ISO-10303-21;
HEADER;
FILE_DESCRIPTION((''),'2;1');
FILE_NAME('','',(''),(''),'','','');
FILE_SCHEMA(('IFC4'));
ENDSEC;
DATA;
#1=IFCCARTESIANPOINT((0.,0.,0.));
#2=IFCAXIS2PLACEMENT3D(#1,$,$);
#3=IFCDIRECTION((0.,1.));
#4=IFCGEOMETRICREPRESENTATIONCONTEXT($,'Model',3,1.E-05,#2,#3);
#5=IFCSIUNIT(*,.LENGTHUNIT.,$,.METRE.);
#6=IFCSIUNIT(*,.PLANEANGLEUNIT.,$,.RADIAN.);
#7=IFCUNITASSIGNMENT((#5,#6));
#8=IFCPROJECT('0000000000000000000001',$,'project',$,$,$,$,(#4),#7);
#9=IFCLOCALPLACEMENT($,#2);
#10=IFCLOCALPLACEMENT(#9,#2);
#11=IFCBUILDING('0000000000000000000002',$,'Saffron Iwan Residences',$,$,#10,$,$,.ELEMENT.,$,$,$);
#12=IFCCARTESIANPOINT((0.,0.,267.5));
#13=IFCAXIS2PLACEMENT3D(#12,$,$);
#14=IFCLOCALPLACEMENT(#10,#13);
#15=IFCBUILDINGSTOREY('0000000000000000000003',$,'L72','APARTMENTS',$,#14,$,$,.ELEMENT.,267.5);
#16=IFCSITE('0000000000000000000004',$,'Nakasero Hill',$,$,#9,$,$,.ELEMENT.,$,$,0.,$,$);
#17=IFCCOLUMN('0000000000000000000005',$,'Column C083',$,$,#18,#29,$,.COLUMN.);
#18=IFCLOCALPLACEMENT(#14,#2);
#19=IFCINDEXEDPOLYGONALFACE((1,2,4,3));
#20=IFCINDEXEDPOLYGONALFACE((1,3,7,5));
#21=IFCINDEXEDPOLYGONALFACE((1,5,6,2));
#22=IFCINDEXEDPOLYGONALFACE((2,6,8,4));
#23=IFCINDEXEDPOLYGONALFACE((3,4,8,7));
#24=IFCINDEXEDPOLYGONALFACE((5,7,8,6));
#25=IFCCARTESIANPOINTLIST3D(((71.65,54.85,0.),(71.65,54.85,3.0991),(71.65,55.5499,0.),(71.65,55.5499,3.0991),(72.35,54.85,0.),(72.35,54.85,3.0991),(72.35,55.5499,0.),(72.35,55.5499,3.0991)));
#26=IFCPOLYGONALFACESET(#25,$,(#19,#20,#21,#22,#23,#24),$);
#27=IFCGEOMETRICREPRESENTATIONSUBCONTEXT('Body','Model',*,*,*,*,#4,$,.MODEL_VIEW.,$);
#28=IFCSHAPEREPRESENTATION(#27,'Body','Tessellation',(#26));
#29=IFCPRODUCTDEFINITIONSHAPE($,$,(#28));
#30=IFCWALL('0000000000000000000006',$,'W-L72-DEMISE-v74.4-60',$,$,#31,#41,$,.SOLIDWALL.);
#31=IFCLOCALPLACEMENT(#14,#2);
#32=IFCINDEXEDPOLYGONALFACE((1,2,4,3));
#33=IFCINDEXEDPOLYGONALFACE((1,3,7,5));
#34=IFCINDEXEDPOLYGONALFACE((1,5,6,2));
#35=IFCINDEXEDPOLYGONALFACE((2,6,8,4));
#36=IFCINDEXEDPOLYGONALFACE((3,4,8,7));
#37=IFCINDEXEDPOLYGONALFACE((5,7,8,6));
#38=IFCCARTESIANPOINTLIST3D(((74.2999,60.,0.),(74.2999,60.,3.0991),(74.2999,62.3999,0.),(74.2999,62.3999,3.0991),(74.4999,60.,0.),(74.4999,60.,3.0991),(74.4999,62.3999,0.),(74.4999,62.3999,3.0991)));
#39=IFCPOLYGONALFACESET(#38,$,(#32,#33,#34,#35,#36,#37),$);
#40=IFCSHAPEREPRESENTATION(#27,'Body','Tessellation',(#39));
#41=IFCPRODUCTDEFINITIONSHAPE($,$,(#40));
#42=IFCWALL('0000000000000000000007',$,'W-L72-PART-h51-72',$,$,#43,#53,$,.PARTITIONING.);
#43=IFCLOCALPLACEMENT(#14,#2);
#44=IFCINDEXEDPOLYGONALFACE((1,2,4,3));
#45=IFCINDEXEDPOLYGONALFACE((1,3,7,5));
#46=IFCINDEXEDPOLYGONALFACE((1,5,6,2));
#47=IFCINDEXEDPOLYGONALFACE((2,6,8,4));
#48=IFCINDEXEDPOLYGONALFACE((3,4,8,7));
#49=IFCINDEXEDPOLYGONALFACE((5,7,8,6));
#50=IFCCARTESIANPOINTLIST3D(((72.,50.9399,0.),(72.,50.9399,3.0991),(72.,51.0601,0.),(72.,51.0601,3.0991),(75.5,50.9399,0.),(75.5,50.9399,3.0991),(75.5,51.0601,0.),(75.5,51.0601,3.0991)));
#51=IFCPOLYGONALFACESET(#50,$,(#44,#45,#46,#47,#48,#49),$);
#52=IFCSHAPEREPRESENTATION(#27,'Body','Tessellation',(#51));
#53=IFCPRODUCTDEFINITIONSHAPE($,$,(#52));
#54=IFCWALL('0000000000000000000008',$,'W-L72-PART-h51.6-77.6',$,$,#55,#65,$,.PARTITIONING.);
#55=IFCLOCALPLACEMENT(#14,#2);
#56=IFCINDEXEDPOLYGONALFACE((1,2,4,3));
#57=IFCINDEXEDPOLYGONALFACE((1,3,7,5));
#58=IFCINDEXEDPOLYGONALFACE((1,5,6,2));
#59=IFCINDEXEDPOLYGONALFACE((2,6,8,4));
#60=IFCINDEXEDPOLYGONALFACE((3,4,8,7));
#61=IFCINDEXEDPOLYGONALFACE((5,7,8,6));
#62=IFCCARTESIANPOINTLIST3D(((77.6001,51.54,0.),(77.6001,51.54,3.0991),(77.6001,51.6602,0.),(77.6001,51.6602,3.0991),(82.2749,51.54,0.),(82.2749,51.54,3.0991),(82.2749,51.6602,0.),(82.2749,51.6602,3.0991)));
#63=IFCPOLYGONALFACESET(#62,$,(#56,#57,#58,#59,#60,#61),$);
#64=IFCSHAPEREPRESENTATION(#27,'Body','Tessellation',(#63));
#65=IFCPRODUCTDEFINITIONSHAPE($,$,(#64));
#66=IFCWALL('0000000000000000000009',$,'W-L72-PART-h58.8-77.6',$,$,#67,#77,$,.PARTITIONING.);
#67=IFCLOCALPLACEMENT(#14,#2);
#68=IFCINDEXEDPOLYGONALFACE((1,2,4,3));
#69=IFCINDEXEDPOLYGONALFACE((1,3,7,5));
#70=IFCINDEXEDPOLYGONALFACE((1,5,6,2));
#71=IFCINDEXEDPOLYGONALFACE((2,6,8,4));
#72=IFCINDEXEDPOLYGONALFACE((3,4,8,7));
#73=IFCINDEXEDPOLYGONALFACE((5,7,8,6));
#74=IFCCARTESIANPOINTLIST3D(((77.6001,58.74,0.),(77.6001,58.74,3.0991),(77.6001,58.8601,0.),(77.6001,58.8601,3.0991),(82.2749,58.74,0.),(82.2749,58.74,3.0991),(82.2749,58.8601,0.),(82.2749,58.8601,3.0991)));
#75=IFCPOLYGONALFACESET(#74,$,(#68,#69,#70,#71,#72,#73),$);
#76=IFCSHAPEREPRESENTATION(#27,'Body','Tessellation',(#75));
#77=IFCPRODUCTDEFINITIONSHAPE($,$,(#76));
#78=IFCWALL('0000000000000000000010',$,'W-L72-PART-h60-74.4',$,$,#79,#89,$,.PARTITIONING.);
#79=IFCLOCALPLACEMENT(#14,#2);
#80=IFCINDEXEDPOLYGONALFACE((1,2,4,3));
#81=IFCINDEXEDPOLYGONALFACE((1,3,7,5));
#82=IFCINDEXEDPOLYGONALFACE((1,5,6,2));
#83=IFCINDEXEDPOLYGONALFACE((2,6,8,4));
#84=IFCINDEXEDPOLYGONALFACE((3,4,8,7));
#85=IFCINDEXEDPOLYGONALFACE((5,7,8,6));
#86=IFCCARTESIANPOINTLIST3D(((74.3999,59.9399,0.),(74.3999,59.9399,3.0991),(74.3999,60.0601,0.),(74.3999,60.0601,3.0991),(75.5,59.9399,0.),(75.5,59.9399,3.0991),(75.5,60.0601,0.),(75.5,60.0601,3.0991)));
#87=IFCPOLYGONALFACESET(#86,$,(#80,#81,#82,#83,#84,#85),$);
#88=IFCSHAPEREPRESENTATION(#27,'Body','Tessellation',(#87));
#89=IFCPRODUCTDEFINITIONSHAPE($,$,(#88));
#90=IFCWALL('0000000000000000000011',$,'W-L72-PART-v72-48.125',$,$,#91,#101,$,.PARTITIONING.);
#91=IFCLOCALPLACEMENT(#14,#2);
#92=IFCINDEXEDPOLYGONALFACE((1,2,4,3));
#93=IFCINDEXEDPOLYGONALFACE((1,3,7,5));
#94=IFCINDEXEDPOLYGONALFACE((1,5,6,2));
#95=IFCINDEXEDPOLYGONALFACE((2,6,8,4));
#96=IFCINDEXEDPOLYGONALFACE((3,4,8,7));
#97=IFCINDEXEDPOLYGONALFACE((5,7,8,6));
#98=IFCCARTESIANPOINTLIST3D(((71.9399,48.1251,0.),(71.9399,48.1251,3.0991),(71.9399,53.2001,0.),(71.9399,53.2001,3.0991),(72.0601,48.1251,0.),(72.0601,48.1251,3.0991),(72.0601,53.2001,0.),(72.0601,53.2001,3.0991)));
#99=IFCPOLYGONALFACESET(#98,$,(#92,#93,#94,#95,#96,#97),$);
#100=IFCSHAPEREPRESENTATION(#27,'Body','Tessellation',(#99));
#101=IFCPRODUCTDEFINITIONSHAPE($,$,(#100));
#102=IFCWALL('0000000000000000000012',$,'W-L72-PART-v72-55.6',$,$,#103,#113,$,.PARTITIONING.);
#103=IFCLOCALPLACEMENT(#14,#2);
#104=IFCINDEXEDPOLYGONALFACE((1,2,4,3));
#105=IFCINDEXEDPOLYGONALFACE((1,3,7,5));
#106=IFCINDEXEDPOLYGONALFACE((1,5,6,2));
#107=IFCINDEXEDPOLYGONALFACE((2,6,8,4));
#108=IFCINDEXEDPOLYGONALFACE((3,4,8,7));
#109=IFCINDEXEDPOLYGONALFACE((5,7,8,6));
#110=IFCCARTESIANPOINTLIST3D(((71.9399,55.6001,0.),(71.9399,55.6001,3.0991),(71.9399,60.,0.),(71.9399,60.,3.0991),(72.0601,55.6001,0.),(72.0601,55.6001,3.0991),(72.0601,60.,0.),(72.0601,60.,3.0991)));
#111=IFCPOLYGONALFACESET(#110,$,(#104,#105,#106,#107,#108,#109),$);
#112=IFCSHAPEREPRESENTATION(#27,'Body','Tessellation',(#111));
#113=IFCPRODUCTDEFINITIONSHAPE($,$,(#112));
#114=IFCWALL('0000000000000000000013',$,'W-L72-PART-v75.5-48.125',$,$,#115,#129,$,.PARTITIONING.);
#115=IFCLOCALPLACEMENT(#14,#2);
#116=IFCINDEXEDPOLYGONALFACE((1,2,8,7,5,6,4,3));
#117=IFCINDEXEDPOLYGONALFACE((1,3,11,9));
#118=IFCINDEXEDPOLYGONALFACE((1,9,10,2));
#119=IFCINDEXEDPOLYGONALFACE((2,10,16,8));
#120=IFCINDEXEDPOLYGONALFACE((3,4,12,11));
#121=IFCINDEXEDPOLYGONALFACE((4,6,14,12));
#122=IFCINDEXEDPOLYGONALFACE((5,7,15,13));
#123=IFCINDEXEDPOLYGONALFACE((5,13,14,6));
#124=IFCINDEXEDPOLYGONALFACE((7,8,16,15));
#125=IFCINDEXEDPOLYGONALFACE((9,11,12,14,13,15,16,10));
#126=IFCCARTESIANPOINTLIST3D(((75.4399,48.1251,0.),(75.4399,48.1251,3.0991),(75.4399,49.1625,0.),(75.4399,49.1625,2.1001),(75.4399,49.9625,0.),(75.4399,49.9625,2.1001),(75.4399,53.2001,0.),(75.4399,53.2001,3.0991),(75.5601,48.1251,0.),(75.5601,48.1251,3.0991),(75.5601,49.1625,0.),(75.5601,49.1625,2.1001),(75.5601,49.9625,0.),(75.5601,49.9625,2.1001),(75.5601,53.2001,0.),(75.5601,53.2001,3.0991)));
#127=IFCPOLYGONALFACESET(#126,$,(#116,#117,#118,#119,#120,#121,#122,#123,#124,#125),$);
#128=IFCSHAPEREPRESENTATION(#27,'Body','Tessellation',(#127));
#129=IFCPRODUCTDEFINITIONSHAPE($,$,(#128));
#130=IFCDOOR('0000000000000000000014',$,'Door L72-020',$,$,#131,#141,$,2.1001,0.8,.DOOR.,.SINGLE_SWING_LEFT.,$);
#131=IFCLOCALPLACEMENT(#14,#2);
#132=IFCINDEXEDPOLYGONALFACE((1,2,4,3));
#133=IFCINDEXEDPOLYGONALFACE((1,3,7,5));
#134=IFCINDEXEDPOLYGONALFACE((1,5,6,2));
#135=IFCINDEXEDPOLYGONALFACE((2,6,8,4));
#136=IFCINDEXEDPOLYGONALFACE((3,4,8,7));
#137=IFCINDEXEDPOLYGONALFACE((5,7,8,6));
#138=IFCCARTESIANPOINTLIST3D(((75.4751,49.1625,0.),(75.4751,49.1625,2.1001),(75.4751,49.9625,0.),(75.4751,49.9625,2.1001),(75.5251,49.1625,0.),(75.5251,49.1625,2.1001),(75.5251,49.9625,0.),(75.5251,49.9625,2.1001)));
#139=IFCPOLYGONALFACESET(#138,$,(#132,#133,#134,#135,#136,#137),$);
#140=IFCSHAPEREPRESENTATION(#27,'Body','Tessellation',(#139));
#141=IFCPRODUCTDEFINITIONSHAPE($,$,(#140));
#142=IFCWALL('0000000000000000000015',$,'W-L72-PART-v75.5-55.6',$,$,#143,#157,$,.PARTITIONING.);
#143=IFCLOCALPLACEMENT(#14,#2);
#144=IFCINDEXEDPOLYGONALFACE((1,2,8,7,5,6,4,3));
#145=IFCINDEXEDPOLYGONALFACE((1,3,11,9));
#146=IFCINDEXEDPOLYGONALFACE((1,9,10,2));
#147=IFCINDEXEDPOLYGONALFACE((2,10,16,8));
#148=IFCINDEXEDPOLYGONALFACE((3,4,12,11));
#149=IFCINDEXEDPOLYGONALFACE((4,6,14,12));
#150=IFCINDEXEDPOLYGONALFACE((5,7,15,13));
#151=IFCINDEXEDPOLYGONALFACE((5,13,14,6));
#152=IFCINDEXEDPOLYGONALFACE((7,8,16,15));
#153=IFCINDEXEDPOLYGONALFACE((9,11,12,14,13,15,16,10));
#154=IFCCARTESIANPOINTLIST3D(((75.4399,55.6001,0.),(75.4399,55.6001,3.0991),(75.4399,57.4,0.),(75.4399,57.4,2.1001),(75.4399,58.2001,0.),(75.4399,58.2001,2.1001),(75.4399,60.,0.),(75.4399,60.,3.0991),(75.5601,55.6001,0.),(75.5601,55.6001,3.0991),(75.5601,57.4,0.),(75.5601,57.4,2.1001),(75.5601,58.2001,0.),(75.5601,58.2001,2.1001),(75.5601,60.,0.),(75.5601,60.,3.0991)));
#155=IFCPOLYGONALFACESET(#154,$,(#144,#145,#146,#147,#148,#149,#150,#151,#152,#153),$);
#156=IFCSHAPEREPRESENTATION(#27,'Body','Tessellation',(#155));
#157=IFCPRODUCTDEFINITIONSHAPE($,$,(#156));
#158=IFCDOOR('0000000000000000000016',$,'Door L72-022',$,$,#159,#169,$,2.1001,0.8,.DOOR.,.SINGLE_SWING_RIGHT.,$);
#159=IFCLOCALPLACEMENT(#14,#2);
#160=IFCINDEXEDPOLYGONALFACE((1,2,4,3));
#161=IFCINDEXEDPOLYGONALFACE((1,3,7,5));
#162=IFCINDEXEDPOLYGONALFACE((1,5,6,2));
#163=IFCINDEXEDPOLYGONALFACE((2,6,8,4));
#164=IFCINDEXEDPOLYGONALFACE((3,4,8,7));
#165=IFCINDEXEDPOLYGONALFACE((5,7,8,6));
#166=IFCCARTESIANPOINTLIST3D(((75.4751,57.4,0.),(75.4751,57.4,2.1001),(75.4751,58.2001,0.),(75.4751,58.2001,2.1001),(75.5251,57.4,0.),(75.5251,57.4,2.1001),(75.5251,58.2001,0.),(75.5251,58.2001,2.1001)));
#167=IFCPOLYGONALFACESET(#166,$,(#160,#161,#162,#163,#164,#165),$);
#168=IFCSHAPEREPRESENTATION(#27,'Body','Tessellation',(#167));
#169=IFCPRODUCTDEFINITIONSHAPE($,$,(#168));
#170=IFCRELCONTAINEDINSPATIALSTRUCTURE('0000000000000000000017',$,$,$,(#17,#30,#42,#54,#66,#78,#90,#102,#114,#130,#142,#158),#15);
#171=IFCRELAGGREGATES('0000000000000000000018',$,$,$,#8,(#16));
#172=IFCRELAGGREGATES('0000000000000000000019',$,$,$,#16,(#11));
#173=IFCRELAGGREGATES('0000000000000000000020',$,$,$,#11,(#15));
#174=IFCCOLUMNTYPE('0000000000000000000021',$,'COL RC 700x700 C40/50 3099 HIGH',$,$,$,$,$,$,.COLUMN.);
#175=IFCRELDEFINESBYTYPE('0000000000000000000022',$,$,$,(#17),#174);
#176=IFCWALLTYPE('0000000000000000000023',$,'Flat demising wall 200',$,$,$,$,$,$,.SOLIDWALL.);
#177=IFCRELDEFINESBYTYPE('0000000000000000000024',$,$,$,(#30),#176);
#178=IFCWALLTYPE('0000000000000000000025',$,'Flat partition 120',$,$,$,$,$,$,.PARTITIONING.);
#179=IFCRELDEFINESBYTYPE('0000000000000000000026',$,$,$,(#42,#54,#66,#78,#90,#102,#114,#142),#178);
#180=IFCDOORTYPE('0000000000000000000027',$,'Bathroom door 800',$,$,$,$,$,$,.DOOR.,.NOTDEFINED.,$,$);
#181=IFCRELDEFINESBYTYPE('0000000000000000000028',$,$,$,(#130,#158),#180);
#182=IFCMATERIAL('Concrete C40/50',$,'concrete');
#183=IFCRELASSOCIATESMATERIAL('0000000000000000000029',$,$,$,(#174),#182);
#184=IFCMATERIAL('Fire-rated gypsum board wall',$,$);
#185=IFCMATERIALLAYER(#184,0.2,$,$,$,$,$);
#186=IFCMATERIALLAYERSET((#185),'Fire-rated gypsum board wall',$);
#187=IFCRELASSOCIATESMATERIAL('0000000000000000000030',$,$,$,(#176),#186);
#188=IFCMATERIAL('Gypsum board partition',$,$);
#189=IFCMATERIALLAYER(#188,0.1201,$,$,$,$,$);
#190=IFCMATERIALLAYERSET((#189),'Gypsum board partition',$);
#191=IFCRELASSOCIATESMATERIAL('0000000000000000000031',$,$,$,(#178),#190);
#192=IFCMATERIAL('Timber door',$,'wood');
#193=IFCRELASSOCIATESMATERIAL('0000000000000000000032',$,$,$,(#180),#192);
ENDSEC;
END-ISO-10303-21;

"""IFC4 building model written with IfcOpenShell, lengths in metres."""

from ifc_helpers import new_model, si_unit, direction, frame, frame_2d, origin, origin_2d, place, context, subcontext, project, spatial, rectangle, extrude, source, transform, mapped, material, layer, layer_set, material_profile, profile_set, type_object, element, fill, save


model = new_model("IFC4")

# Units and contexts
model_context = context("Model", 3, precision=1e-05, world=origin(), true_north=direction((0.0, 1.0)))
body_context = subcontext(model_context, "Body", "Model", "MODEL_VIEW")
ifc_project = project(units=[si_unit("LENGTHUNIT", "METRE"), si_unit("PLANEANGLEUNIT", "RADIAN")], contexts=[model_context])

# Site, building, storey
site_placement = place(None, origin())
site = spatial("IfcSite", under=ifc_project, at=site_placement, Name="Nakasero Hill", CompositionType="ELEMENT", RefElevation=0.0)
building_placement = place(site_placement, origin())
building = spatial("IfcBuilding", under=site, at=building_placement, Name="Saffron Iwan Residences", CompositionType="ELEMENT")
storey_placement = place(building_placement, frame((0.0, 0.0, 267.5)))
storey = spatial("IfcBuildingStorey", under=building, at=storey_placement, Name="L72", Description="APARTMENTS", CompositionType="ELEMENT", Elevation=267.5)

# Column
ifc_material_1 = material(Name="Concrete C40/50", Category="concrete")
ifc_material_profile = material_profile(ifc_material_1, rectangle(XDim=0.7, YDim=0.7, at=origin_2d()), Name="RC 700x700")
ifc_profile_set = profile_set([ifc_material_profile], Name="Concrete C40/50")
column_type = type_object("IfcColumnType", Name="COL RC 700x700 C40/50 3099 HIGH", PredefinedType="COLUMN", material=ifc_profile_set)
shared_shape = source(origin(), body_context, "Body", "SweptSolid", [
    extrude(rectangle(XDim=0.7, YDim=0.7, at=origin_2d()), origin(), (0.0, 0.0, 1.0), 3.0991),
])
column_placement = place(storey_placement, frame((72.0, 55.2, 0.0), z_axis=(0.0, 0.0, 1.0), x_axis=(1.0, 0.0, 0.0)))
element("IfcColumn", 1, at=column_placement, inside=storey, type_object=column_type, Name="Column C083", PredefinedType="COLUMN", context=body_context, shape_type="MappedRepresentation", body=[
    mapped(shared_shape, transform((0.0, 0.0, 0.0))),
])

# Walls
ifc_material_2 = material(Name="Fire-rated gypsum board wall")
ifc_layer_1 = layer(ifc_material_2, 0.2)
ifc_layer_set_1 = layer_set([ifc_layer_1], Name="Fire-rated gypsum board wall")
wall_type_1 = type_object("IfcWallType", Name="Flat demising wall 200", PredefinedType="SOLIDWALL", material=ifc_layer_set_1)
wall_1_placement = place(storey_placement, frame((74.3999, 60.0, 0.0), z_axis=(0.0, 0.0, 1.0), x_axis=(0.0, 1.0, 0.0)))
element("IfcWall", 2, at=wall_1_placement, inside=storey, type_object=wall_type_1, Name="W-L72-DEMISE-v74.4-60", PredefinedType="SOLIDWALL", context=body_context, shape_type="SweptSolid", body=[
    extrude(rectangle(XDim=2.3999, YDim=0.2, at=frame_2d((1.2, 0.0))), origin(), (0.0, 0.0, 1.0), 3.0991),
])
ifc_material_3 = material(Name="Gypsum board partition")
ifc_layer_2 = layer(ifc_material_3, 0.1201)
ifc_layer_set_2 = layer_set([ifc_layer_2], Name="Gypsum board partition")
wall_type_2 = type_object("IfcWallType", Name="Flat partition 120", PredefinedType="PARTITIONING", material=ifc_layer_set_2)
wall_2_placement = place(storey_placement, frame((72.0, 51.0, 0.0), z_axis=(0.0, 0.0, 1.0), x_axis=(1.0, 0.0, 0.0)))
element("IfcWall", 3, at=wall_2_placement, inside=storey, type_object=wall_type_2, Name="W-L72-PART-h51-72", PredefinedType="PARTITIONING", context=body_context, shape_type="SweptSolid", body=[
    extrude(rectangle(XDim=3.5, YDim=0.1201, at=frame_2d((1.75, 0.0))), origin(), (0.0, 0.0, 1.0), 3.0991),
])
for number, where, z_axis, x_axis, name in (
    (4, (77.6001, 51.6001, 0.0), (0.0, 0.0, 1.0), (1.0, 0.0, 0.0), "W-L72-PART-h51.6-77.6"),
    (5, (77.6001, 58.8, 0.0), (0.0, 0.0, 1.0), (1.0, 0.0, 0.0), "W-L72-PART-h58.8-77.6"),
):
    element("IfcWall", number, at=place(storey_placement, frame(where, z_axis=z_axis, x_axis=x_axis)), inside=storey, type_object=wall_type_2, Name=name, PredefinedType="PARTITIONING", context=body_context, shape_type="SweptSolid", body=[
        extrude(rectangle(XDim=4.6748, YDim=0.1201, at=frame_2d((2.3374, 0.0))), origin(), (0.0, 0.0, 1.0), 3.0991),
    ])
wall_3_placement = place(storey_placement, frame((74.3999, 60.0, 0.0), z_axis=(0.0, 0.0, 1.0), x_axis=(1.0, 0.0, 0.0)))
element("IfcWall", 6, at=wall_3_placement, inside=storey, type_object=wall_type_2, Name="W-L72-PART-h60-74.4", PredefinedType="PARTITIONING", context=body_context, shape_type="SweptSolid", body=[
    extrude(rectangle(XDim=1.1001, YDim=0.1201, at=frame_2d((0.55, 0.0))), origin(), (0.0, 0.0, 1.0), 3.0991),
])
wall_4_placement = place(storey_placement, frame((72.0, 48.125, 0.0), z_axis=(0.0, 0.0, 1.0), x_axis=(0.0, 1.0, 0.0)))
element("IfcWall", 7, at=wall_4_placement, inside=storey, type_object=wall_type_2, Name="W-L72-PART-v72-48.125", PredefinedType="PARTITIONING", context=body_context, shape_type="SweptSolid", body=[
    extrude(rectangle(XDim=5.075, YDim=0.1201, at=frame_2d((2.5376, 0.0))), origin(), (0.0, 0.0, 1.0), 3.0991),
])
wall_5_placement = place(storey_placement, frame((72.0, 55.6001, 0.0), z_axis=(0.0, 0.0, 1.0), x_axis=(0.0, 1.0, 0.0)))
element("IfcWall", 8, at=wall_5_placement, inside=storey, type_object=wall_type_2, Name="W-L72-PART-v72-55.6", PredefinedType="PARTITIONING", context=body_context, shape_type="SweptSolid", body=[
    extrude(rectangle(XDim=4.3999, YDim=0.1201, at=frame_2d((2.2, 0.0))), origin(), (0.0, 0.0, 1.0), 3.0991),
])

# Walls, openings, doors
wall_6_placement = place(storey_placement, frame((75.5, 48.125, 0.0), z_axis=(0.0, 0.0, 1.0), x_axis=(0.0, 1.0, 0.0)))
wall_6 = element("IfcWall", 9, at=wall_6_placement, inside=storey, type_object=wall_type_2, Name="W-L72-PART-v75.5-48.125", PredefinedType="PARTITIONING", context=body_context, shape_type="SweptSolid", body=[
    extrude(rectangle(XDim=5.075, YDim=0.1201, at=frame_2d((2.5376, 0.0))), origin(), (0.0, 0.0, 1.0), 3.0991),
])
opening_1_placement = place(wall_6_placement, frame((1.0376, 0.0, 0.0)))
opening_1 = element("IfcOpeningElement", 10, at=opening_1_placement, cuts=wall_6, PredefinedType="OPENING", context=body_context, shape_type="SweptSolid", body=[
    extrude(rectangle(XDim=0.8, YDim=2.1001, at=frame_2d((0.3999, 1.05))), frame((0.0, 0.0701, 0.0), z_axis=(0.0, -1.0, 0.0), x_axis=(1.0, 0.0, 0.0)), (0.0, 0.0, 1.0), 0.1401),
])
ifc_material_4 = material(Name="Timber door", Category="wood")
door_type_1 = type_object("IfcDoorType", Name="Bathroom door 800", OperationType="NOTDEFINED", PredefinedType="DOOR", material=ifc_material_4)
door_1_placement = place(opening_1_placement, origin())
door_1 = element("IfcDoor", 11, at=door_1_placement, inside=storey, type_object=door_type_1, Name="Door L72-020", OperationType="SINGLE_SWING_LEFT", OverallHeight=2.1001, OverallWidth=0.8, PredefinedType="DOOR", context=body_context, shape_type="SweptSolid", body=[
    extrude(rectangle(XDim=0.8, YDim=2.1001, at=frame_2d((0.3999, 1.05))), frame((0.0, 0.0249, 0.0), z_axis=(0.0, -1.0, 0.0), x_axis=(1.0, 0.0, 0.0)), (0.0, 0.0, 1.0), 0.05),
])
fill(opening_1, door_1)
wall_7_placement = place(storey_placement, frame((75.5, 55.6001, 0.0), z_axis=(0.0, 0.0, 1.0), x_axis=(0.0, 1.0, 0.0)))
wall_7 = element("IfcWall", 12, at=wall_7_placement, inside=storey, type_object=wall_type_2, Name="W-L72-PART-v75.5-55.6", PredefinedType="PARTITIONING", context=body_context, shape_type="SweptSolid", body=[
    extrude(rectangle(XDim=4.3999, YDim=0.1201, at=frame_2d((2.2, 0.0))), origin(), (0.0, 0.0, 1.0), 3.0991),
])
opening_2_placement = place(wall_7_placement, frame((1.8, 0.0, 0.0)))
opening_2 = element("IfcOpeningElement", 13, at=opening_2_placement, cuts=wall_7, PredefinedType="OPENING", context=body_context, shape_type="SweptSolid", body=[
    extrude(rectangle(XDim=0.8, YDim=2.1001, at=frame_2d((0.3999, 1.05))), frame((0.0, 0.0701, 0.0), z_axis=(0.0, -1.0, 0.0), x_axis=(1.0, 0.0, 0.0)), (0.0, 0.0, 1.0), 0.1401),
])
door_2_placement = place(opening_2_placement, origin())
door_2 = element("IfcDoor", 14, at=door_2_placement, inside=storey, type_object=door_type_1, Name="Door L72-022", OperationType="SINGLE_SWING_RIGHT", OverallHeight=2.1001, OverallWidth=0.8, PredefinedType="DOOR", context=body_context, shape_type="SweptSolid", body=[
    extrude(rectangle(XDim=0.8, YDim=2.1001, at=frame_2d((0.3999, 1.05))), frame((0.0, 0.0249, 0.0), z_axis=(0.0, -1.0, 0.0), x_axis=(1.0, 0.0, 0.0)), (0.0, 0.0, 1.0), 0.05),
])
fill(opening_2, door_2)

save(model, "model.ifc")
